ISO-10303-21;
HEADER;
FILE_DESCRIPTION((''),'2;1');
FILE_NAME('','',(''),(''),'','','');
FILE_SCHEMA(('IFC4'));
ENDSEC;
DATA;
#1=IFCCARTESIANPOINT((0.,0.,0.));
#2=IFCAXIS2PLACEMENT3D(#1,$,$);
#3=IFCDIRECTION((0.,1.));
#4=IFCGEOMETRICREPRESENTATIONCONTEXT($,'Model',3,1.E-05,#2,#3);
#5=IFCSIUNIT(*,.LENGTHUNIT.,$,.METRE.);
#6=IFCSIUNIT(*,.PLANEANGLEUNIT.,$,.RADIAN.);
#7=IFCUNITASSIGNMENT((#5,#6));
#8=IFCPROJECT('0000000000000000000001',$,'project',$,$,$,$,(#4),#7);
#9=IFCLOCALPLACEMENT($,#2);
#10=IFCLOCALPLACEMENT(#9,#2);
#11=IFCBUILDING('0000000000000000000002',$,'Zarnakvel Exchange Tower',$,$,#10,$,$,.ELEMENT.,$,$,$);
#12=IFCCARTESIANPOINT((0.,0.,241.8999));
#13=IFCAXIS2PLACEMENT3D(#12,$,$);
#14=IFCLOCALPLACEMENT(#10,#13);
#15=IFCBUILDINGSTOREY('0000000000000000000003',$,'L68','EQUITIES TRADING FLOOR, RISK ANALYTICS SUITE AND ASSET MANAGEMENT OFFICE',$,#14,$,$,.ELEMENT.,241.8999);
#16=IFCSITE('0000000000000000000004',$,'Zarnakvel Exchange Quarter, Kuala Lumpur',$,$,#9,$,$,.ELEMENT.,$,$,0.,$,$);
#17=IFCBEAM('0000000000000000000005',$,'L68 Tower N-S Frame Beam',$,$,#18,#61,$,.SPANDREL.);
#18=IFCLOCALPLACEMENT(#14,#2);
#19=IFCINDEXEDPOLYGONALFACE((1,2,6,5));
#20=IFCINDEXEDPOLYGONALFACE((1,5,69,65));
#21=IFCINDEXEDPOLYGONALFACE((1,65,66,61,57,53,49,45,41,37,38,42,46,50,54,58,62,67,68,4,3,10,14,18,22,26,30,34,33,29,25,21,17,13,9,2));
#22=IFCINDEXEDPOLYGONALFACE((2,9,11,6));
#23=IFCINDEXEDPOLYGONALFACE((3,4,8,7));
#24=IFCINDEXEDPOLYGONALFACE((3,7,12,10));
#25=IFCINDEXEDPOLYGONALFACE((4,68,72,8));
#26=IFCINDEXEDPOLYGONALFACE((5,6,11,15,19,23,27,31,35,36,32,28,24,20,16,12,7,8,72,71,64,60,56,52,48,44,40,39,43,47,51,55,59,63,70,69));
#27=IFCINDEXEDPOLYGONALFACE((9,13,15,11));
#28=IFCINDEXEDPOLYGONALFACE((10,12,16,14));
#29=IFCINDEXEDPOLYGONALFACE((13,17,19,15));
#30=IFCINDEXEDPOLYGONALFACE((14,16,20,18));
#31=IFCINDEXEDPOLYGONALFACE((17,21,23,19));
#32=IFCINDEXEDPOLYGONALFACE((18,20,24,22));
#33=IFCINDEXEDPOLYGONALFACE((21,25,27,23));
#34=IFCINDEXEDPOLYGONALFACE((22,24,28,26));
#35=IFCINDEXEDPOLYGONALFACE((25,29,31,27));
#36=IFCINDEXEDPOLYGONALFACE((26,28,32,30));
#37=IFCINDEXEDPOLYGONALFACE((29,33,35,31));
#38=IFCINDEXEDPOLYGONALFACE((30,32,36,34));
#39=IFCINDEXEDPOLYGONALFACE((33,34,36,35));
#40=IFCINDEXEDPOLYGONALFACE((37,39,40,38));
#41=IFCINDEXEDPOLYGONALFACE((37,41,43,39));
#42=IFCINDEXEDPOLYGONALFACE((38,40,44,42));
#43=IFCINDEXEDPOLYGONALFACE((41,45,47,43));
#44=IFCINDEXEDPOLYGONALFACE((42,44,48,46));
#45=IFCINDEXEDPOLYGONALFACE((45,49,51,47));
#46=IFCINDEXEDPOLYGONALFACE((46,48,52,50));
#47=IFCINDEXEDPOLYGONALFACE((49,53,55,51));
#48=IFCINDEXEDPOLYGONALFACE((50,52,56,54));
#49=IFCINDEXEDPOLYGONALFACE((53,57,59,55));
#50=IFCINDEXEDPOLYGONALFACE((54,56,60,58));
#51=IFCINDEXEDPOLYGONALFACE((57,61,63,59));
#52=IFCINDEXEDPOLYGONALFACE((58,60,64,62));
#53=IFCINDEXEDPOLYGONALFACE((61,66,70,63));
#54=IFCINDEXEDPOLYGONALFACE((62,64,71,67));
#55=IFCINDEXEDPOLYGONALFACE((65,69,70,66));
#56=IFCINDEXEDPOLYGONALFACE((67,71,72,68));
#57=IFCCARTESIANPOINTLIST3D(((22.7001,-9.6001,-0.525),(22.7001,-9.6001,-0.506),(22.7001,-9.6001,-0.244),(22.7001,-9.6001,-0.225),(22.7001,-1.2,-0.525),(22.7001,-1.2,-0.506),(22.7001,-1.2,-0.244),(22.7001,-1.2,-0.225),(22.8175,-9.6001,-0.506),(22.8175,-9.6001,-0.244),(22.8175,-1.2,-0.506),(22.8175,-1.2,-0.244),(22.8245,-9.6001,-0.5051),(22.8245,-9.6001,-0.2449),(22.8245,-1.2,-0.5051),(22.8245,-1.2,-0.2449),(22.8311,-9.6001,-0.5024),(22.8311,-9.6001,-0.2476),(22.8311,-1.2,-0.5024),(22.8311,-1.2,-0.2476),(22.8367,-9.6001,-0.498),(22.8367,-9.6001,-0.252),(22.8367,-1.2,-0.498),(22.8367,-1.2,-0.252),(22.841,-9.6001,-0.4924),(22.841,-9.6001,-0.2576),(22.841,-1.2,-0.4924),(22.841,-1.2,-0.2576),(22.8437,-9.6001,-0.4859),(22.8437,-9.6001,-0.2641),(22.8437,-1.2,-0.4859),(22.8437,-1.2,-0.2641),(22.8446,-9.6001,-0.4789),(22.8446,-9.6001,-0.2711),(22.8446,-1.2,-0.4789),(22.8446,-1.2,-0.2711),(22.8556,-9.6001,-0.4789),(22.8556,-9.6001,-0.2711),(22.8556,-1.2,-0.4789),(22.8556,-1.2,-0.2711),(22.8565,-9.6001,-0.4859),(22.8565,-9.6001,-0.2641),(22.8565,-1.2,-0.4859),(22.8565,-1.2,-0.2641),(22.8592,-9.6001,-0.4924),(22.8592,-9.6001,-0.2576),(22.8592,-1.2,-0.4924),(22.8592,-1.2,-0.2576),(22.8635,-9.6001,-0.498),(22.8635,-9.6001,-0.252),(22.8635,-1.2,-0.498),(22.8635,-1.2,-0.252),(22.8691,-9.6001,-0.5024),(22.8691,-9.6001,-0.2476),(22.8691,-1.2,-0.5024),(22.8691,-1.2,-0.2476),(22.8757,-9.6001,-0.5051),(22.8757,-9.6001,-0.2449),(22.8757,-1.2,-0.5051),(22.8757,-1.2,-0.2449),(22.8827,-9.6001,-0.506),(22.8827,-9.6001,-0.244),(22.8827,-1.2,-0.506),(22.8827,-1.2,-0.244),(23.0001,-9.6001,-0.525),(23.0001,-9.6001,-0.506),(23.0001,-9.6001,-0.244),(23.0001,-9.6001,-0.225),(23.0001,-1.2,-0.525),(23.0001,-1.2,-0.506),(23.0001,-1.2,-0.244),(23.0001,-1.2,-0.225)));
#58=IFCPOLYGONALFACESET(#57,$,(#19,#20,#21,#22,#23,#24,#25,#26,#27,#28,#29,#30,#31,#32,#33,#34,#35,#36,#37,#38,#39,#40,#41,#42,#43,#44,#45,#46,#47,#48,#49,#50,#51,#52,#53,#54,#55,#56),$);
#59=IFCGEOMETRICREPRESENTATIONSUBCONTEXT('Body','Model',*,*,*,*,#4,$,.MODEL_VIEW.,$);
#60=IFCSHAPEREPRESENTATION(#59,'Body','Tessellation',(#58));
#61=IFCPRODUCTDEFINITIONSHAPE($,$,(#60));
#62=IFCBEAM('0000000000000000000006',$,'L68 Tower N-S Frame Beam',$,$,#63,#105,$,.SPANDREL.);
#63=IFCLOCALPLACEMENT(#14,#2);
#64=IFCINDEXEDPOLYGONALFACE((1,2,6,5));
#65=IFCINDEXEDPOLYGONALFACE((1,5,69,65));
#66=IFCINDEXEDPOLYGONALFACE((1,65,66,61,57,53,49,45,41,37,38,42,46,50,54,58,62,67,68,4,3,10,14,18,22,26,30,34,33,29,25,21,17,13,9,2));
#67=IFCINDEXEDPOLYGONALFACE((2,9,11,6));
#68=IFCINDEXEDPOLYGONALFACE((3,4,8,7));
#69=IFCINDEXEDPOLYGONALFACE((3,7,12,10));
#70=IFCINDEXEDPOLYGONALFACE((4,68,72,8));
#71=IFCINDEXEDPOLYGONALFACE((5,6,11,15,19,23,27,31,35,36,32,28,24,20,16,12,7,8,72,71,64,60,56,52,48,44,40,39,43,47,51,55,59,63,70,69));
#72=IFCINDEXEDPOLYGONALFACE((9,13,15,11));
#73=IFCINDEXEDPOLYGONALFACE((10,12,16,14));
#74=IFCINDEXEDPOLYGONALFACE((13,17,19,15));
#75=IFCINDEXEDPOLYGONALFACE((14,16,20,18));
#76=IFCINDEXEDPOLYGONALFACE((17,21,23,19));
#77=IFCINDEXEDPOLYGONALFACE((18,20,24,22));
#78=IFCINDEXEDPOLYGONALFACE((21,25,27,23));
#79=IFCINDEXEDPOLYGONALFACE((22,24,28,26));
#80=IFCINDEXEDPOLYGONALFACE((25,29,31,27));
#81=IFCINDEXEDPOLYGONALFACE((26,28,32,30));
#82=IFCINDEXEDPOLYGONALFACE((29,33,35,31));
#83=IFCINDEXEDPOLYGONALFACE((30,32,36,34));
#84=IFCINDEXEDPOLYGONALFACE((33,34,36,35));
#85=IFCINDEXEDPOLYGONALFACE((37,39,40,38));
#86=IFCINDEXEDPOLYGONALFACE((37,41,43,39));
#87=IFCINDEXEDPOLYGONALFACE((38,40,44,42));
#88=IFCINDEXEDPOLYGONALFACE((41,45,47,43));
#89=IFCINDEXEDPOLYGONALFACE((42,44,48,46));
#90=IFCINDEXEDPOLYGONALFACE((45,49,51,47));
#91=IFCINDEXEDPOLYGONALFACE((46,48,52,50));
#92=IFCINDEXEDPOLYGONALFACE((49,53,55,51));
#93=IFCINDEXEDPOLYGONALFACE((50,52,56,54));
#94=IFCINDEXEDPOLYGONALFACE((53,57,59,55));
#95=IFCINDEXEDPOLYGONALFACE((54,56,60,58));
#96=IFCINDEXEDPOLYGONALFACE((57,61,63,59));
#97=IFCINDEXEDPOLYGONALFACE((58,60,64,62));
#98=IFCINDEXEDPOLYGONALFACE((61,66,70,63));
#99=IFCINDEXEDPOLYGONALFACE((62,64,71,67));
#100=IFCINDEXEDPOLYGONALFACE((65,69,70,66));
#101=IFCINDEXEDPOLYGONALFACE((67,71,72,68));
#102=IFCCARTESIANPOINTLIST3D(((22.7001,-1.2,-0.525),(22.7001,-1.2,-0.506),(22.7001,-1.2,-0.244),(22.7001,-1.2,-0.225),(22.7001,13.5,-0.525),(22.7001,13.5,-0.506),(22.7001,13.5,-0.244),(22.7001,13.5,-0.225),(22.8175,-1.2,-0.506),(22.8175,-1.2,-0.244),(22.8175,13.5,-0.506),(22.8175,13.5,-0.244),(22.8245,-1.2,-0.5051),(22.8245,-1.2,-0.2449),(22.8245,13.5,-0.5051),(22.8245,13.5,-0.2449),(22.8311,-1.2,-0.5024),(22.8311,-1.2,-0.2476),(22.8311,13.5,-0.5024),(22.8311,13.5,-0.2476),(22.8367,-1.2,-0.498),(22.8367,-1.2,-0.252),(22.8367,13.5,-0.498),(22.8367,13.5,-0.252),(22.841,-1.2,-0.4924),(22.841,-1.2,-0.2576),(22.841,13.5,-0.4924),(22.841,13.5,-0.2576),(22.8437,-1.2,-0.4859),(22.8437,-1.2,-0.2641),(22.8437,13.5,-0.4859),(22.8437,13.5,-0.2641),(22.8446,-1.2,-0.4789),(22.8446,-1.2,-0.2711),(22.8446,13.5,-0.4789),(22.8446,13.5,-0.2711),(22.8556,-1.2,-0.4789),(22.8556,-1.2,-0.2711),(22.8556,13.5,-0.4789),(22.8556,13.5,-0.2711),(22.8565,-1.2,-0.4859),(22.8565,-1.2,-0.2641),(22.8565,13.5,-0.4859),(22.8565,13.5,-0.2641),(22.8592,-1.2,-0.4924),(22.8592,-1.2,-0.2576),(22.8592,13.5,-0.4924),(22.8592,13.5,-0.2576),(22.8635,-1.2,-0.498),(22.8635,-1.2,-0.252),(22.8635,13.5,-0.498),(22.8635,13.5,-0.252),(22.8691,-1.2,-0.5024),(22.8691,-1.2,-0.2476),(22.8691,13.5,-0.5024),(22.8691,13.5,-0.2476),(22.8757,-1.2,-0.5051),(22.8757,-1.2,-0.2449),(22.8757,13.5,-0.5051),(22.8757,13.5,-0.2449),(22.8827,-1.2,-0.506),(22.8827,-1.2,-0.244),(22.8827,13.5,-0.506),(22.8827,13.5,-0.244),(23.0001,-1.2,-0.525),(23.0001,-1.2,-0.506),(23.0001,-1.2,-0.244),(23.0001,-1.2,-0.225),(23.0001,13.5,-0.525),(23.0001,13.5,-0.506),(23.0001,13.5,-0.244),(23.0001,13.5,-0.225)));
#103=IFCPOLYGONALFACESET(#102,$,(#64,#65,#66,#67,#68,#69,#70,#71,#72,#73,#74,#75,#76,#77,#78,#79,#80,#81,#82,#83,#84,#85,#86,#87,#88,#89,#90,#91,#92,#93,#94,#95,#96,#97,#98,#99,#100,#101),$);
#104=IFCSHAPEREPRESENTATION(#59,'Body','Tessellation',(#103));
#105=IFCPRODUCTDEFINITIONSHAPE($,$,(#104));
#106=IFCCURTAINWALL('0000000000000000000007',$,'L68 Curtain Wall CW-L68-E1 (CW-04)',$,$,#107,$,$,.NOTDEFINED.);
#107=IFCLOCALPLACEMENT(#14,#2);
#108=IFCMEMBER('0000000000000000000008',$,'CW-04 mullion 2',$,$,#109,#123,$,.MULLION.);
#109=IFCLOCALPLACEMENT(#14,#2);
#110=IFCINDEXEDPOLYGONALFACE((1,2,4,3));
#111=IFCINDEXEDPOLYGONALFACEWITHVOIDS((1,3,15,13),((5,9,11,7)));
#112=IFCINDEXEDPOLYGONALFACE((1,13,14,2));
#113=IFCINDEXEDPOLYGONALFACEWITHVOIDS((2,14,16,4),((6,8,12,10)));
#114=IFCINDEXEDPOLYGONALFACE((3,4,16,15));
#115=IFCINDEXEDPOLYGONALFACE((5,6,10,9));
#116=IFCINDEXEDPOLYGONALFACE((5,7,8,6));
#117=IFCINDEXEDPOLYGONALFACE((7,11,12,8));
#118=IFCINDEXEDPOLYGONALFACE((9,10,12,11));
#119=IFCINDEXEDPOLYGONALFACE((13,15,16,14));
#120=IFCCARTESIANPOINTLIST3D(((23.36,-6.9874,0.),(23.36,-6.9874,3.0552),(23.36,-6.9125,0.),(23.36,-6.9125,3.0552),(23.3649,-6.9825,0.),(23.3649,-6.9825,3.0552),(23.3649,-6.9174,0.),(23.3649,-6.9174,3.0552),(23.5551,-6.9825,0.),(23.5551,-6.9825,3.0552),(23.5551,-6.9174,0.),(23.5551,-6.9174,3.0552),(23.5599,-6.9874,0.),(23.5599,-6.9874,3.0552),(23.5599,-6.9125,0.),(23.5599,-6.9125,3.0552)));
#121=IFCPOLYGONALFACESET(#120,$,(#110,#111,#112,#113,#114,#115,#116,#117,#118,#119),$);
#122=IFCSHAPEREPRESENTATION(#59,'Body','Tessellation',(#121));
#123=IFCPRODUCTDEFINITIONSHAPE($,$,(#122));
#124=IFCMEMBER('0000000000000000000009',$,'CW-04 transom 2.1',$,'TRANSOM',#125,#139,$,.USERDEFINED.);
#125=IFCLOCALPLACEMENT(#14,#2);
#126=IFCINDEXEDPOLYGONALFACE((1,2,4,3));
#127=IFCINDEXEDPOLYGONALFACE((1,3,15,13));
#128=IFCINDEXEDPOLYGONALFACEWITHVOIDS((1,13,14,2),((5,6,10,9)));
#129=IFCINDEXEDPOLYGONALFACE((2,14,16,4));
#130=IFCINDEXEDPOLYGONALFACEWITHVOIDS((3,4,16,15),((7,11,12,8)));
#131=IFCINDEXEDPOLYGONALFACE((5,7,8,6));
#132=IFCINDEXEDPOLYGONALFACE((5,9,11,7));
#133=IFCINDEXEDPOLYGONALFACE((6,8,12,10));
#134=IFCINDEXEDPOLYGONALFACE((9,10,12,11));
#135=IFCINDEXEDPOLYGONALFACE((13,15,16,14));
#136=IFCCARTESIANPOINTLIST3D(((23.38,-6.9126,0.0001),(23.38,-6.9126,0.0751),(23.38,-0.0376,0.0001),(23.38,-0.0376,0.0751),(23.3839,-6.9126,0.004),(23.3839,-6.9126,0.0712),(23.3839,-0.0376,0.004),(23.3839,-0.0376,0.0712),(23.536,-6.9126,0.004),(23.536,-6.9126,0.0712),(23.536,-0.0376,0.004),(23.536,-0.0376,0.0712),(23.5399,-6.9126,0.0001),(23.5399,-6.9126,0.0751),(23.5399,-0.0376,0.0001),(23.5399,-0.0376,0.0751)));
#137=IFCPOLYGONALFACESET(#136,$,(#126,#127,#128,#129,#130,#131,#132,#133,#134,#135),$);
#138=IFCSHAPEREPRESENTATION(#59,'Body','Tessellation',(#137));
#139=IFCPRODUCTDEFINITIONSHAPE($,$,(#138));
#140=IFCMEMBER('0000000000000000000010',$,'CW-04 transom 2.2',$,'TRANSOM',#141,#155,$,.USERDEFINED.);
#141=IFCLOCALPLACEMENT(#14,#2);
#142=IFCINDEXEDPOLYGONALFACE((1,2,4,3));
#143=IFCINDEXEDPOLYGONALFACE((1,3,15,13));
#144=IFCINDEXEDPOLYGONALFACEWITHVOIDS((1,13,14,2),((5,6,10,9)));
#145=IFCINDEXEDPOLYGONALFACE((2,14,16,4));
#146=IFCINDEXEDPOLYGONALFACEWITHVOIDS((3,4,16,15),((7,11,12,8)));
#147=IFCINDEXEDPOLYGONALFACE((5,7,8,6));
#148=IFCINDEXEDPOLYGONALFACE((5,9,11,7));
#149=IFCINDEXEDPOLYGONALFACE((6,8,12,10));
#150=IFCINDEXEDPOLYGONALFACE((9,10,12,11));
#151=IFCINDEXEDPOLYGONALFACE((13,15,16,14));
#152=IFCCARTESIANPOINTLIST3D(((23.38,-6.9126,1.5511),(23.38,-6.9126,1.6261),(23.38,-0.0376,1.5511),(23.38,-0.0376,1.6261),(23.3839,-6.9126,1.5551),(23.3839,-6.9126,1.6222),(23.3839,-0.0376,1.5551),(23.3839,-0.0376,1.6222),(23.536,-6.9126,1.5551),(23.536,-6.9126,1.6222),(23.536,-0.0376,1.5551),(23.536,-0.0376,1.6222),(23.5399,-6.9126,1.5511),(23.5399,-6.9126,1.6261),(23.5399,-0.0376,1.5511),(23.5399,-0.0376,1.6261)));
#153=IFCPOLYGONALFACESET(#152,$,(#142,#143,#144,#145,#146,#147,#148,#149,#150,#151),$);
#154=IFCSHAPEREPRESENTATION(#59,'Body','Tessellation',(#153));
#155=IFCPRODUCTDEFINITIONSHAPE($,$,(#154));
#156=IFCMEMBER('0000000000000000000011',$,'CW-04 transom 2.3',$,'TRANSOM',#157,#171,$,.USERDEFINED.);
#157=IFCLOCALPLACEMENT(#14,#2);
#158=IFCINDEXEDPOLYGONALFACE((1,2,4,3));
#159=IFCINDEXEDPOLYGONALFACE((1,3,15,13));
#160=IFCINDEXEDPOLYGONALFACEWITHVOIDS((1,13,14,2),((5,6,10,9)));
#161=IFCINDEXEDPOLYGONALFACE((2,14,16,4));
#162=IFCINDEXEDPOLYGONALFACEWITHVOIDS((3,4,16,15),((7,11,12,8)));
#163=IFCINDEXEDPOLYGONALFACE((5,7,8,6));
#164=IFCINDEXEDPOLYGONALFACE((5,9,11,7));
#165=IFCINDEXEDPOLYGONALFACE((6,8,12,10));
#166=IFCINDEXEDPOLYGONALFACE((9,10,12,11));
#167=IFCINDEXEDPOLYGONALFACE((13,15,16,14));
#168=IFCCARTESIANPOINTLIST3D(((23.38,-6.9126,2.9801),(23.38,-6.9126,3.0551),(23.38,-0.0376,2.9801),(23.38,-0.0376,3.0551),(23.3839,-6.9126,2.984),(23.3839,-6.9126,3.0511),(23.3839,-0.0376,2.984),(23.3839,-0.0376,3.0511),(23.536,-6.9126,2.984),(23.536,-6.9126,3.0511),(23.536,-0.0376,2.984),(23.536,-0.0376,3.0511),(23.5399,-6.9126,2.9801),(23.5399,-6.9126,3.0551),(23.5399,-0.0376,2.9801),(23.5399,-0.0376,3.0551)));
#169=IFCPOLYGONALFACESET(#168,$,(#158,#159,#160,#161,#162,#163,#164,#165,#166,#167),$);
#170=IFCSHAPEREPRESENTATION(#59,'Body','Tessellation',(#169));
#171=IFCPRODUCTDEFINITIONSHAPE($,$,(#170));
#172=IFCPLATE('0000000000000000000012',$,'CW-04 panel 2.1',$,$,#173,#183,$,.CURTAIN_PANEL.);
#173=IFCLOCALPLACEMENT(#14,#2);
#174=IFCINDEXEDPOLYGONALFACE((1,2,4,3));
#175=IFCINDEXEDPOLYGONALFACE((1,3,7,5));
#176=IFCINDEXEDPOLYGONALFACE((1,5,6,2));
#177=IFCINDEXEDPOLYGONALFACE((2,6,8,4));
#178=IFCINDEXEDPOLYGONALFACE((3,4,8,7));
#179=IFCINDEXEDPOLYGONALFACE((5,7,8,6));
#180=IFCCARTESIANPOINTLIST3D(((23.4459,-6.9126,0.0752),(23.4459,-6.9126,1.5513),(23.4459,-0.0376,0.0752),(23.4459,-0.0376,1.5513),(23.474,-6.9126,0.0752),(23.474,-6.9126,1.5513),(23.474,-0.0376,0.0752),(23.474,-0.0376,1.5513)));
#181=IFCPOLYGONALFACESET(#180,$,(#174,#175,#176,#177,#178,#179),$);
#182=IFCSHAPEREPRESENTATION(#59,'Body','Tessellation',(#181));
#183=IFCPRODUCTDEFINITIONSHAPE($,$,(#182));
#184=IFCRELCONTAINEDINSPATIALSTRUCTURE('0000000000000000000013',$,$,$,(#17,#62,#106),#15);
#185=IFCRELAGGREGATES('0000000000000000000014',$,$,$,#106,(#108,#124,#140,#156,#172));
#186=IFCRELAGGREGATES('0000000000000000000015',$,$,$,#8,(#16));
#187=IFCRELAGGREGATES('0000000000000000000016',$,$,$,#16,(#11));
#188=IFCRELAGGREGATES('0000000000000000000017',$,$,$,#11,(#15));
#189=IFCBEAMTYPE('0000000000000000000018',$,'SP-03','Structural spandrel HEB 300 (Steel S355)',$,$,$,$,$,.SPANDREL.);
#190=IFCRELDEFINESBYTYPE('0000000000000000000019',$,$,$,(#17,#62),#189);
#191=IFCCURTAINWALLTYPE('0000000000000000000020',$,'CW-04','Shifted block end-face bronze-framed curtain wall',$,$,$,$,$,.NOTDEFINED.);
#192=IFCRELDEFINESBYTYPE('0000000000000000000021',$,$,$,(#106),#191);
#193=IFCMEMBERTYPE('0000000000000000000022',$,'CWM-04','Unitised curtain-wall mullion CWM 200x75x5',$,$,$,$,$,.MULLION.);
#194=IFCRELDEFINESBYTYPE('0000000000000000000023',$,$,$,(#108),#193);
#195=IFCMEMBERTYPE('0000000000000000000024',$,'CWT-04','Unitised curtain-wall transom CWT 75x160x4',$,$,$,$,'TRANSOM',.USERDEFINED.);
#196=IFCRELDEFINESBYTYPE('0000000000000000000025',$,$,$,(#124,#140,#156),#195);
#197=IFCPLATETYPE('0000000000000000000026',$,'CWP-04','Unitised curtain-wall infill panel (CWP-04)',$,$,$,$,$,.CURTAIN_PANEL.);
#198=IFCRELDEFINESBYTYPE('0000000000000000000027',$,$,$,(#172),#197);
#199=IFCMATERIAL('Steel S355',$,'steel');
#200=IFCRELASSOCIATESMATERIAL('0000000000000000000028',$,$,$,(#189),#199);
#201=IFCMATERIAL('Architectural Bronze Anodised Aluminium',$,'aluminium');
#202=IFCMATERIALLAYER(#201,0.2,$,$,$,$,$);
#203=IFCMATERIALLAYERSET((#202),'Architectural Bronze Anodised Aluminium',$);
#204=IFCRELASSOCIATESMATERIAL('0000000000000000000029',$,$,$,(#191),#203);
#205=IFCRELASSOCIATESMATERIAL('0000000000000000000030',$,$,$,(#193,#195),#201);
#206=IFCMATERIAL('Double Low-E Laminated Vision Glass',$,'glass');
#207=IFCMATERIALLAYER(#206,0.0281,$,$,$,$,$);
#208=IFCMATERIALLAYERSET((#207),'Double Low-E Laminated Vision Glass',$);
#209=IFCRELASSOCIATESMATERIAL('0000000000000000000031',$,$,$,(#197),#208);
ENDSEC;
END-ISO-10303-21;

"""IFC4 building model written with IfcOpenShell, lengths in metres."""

from ifc_helpers import new_model, si_unit, direction, frame, origin, origin_2d, place, context, subcontext, project, spatial, rectangle, hollow_rectangle, i_section, extrude, source, transform, mapped, material, layer, layer_set, material_profile, profile_set, type_object, element, aggregate, save


model = new_model("IFC4")

# Units and contexts
model_context = context("Model", 3, precision=1e-05, world=origin(), true_north=direction((0.0, 1.0)))
body_context = subcontext(model_context, "Body", "Model", "MODEL_VIEW")
ifc_project = project(units=[si_unit("LENGTHUNIT", "METRE"), si_unit("PLANEANGLEUNIT", "RADIAN")], contexts=[model_context])

# Site, building, storey
site_placement = place(None, origin())
site = spatial("IfcSite", under=ifc_project, at=site_placement, Name="Zarnakvel Exchange Quarter, Kuala Lumpur", CompositionType="ELEMENT", RefElevation=0.0)
building_placement = place(site_placement, origin())
building = spatial("IfcBuilding", under=site, at=building_placement, Name="Zarnakvel Exchange Tower", CompositionType="ELEMENT")
storey_placement = place(building_placement, frame((0.0, 0.0, 241.8999)))
storey = spatial("IfcBuildingStorey", under=building, at=storey_placement, Name="L68", Description="EQUITIES TRADING FLOOR, RISK ANALYTICS SUITE AND ASSET MANAGEMENT OFFICE", CompositionType="ELEMENT", Elevation=241.8999)

# Shared definitions
ifc_material_1 = material(Name="Steel S355", Category="steel")

# Beams
ifc_material_profile_1 = material_profile(ifc_material_1, i_section(OverallWidth=0.3, OverallDepth=0.3, WebThickness=0.011, FlangeThickness=0.019, FilletRadius=0.0271, at=origin_2d()))
ifc_profile_set_1 = profile_set([ifc_material_profile_1], Name="Steel S355")
beam_type_1 = type_object("IfcBeamType", Name="SP-03", Description="Structural spandrel HEB 300 (Steel S355)", PredefinedType="SPANDREL", material=ifc_profile_set_1)
beam_1_placement = place(storey_placement, frame((22.8501, -9.6001, -0.375), z_axis=(0.0, 1.0, 0.0), x_axis=(-1.0, 0.0, 0.0)))
element("IfcBeam", 1, at=beam_1_placement, inside=storey, type_object=beam_type_1, Name="L68 Tower N-S Frame Beam", PredefinedType="SPANDREL", context=body_context, shape_type="SweptSolid", body=[
    extrude(i_section(OverallWidth=0.3, OverallDepth=0.3, WebThickness=0.011, FlangeThickness=0.019, FilletRadius=0.0271, at=origin_2d()), origin(), (0.0, 0.0, 1.0), 8.4001),
])
beam_2_placement = place(storey_placement, frame((22.8501, -1.2, -0.375), z_axis=(0.0, 1.0, 0.0), x_axis=(-1.0, 0.0, 0.0)))
element("IfcBeam", 2, at=beam_2_placement, inside=storey, type_object=beam_type_1, Name="L68 Tower N-S Frame Beam", PredefinedType="SPANDREL", context=body_context, shape_type="SweptSolid", body=[
    extrude(i_section(OverallWidth=0.3, OverallDepth=0.3, WebThickness=0.011, FlangeThickness=0.019, FilletRadius=0.0271, at=origin_2d()), origin(), (0.0, 0.0, 1.0), 14.7),
])

# Curtain wall, members, plate
ifc_material_2 = material(Name="Architectural Bronze Anodised Aluminium", Category="aluminium")
ifc_layer_1 = layer(ifc_material_2, 0.2)
ifc_layer_set_1 = layer_set([ifc_layer_1], Name="Architectural Bronze Anodised Aluminium")
curtain_wall_type = type_object("IfcCurtainWallType", Name="CW-04", Description="Shifted block end-face bronze-framed curtain wall", PredefinedType="NOTDEFINED", material=ifc_layer_set_1)
curtain_wall_placement = place(storey_placement, origin())
curtain_wall = element("IfcCurtainWall", 3, at=curtain_wall_placement, inside=storey, type_object=curtain_wall_type, Name="L68 Curtain Wall CW-L68-E1 (CW-04)", PredefinedType="NOTDEFINED")
ifc_material_profile_2 = material_profile(ifc_material_2, hollow_rectangle(XDim=0.2, YDim=0.075, WallThickness=0.0049, at=origin_2d()))
ifc_profile_set_2 = profile_set([ifc_material_profile_2], Name="Architectural Bronze Anodised Aluminium")
member_type_1 = type_object("IfcMemberType", Name="CWM-04", Description="Unitised curtain-wall mullion CWM 200x75x5", PredefinedType="MULLION", material=ifc_profile_set_2)
shared_shape_1 = source(origin(), body_context, "Body", "SweptSolid", [
    extrude(hollow_rectangle(XDim=0.2, YDim=0.075, WallThickness=0.0049, at=origin_2d()), origin(), (0.0, 0.0, 1.0), 3.0552),
])
member_1_placement = place(storey_placement, frame((23.46, -6.95, 0.0), z_axis=(0.0, 0.0, 1.0), x_axis=(-1.0, 0.0, 0.0)))
member_1 = element("IfcMember", 4, at=member_1_placement, type_object=member_type_1, Name="CW-04 mullion 2", PredefinedType="MULLION", context=body_context, shape_type="MappedRepresentation", body=[
    mapped(shared_shape_1, transform((0.0, 0.0, 0.0), x_axis=(1.0, 0.0, 0.0), y_axis=(0.0, 1.0, 0.0), z_axis=(0.0, 0.0, 1.0), scale=1.0)),
])
ifc_material_profile_3 = material_profile(ifc_material_2, hollow_rectangle(XDim=0.1599, YDim=0.075, WallThickness=0.0039, at=origin_2d()))
ifc_profile_set_3 = profile_set([ifc_material_profile_3], Name="Architectural Bronze Anodised Aluminium")
member_type_2 = type_object("IfcMemberType", Name="CWT-04", Description="Unitised curtain-wall transom CWT 75x160x4", ElementType="TRANSOM", PredefinedType="USERDEFINED", material=ifc_profile_set_3)
shared_shape_2 = source(origin(), body_context, "Body", "SweptSolid", [
    extrude(hollow_rectangle(XDim=0.1599, YDim=0.075, WallThickness=0.0039, at=origin_2d()), origin(), (0.0, 0.0, 1.0), 6.875),
])
member_2_placement = place(storey_placement, frame((23.46, -6.9126, 0.0376), z_axis=(0.0, 1.0, 0.0), x_axis=(-1.0, 0.0, 0.0)))
member_2 = element("IfcMember", 5, at=member_2_placement, type_object=member_type_2, Name="CW-04 transom 2.1", ObjectType="TRANSOM", PredefinedType="USERDEFINED", context=body_context, shape_type="MappedRepresentation", body=[
    mapped(shared_shape_2, transform((0.0, 0.0, 0.0), x_axis=(1.0, 0.0, 0.0), y_axis=(0.0, 1.0, 0.0), z_axis=(0.0, 0.0, 1.0), scale=1.0)),
])
member_3_placement = place(storey_placement, frame((23.46, -6.9126, 1.5886), z_axis=(0.0, 1.0, 0.0), x_axis=(-1.0, 0.0, 0.0)))
member_3 = element("IfcMember", 6, at=member_3_placement, type_object=member_type_2, Name="CW-04 transom 2.2", ObjectType="TRANSOM", PredefinedType="USERDEFINED", context=body_context, shape_type="MappedRepresentation", body=[
    mapped(shared_shape_2, transform((0.0, 0.0, 0.0), x_axis=(1.0, 0.0, 0.0), y_axis=(0.0, 1.0, 0.0), z_axis=(0.0, 0.0, 1.0), scale=1.0)),
])
member_4_placement = place(storey_placement, frame((23.46, -6.9126, 3.0176), z_axis=(0.0, 1.0, 0.0), x_axis=(-1.0, 0.0, 0.0)))
member_4 = element("IfcMember", 7, at=member_4_placement, type_object=member_type_2, Name="CW-04 transom 2.3", ObjectType="TRANSOM", PredefinedType="USERDEFINED", context=body_context, shape_type="MappedRepresentation", body=[
    mapped(shared_shape_2, transform((0.0, 0.0, 0.0), x_axis=(1.0, 0.0, 0.0), y_axis=(0.0, 1.0, 0.0), z_axis=(0.0, 0.0, 1.0), scale=1.0)),
])
ifc_material_3 = material(Name="Double Low-E Laminated Vision Glass", Category="glass")
ifc_layer_2 = layer(ifc_material_3, 0.0281)
ifc_layer_set_2 = layer_set([ifc_layer_2], Name="Double Low-E Laminated Vision Glass")
plate_type = type_object("IfcPlateType", Name="CWP-04", Description="Unitised curtain-wall infill panel (CWP-04)", PredefinedType="CURTAIN_PANEL", material=ifc_layer_set_2)
shared_shape_3 = source(origin(), body_context, "Body", "SweptSolid", [
    extrude(rectangle(XDim=6.875, YDim=0.0281, at=origin_2d()), origin(), (0.0, 0.0, 1.0), 1.4761),
])
plate_1_placement = place(storey_placement, frame((23.46, -3.4751, 0.0752), z_axis=(0.0, 0.0, 1.0), x_axis=(0.0, 1.0, 0.0)))
plate_1 = element("IfcPlate", 8, at=plate_1_placement, type_object=plate_type, Name="CW-04 panel 2.1", PredefinedType="CURTAIN_PANEL", context=body_context, shape_type="MappedRepresentation", body=[
    mapped(shared_shape_3, transform((0.0, 0.0, 0.0), x_axis=(1.0, 0.0, 0.0), y_axis=(0.0, 1.0, 0.0), z_axis=(0.0, 0.0, 1.0), scale=1.0)),
])
aggregate(curtain_wall, [member_1, member_2, member_3, member_4, plate_1])

save(model, "model.ifc")
